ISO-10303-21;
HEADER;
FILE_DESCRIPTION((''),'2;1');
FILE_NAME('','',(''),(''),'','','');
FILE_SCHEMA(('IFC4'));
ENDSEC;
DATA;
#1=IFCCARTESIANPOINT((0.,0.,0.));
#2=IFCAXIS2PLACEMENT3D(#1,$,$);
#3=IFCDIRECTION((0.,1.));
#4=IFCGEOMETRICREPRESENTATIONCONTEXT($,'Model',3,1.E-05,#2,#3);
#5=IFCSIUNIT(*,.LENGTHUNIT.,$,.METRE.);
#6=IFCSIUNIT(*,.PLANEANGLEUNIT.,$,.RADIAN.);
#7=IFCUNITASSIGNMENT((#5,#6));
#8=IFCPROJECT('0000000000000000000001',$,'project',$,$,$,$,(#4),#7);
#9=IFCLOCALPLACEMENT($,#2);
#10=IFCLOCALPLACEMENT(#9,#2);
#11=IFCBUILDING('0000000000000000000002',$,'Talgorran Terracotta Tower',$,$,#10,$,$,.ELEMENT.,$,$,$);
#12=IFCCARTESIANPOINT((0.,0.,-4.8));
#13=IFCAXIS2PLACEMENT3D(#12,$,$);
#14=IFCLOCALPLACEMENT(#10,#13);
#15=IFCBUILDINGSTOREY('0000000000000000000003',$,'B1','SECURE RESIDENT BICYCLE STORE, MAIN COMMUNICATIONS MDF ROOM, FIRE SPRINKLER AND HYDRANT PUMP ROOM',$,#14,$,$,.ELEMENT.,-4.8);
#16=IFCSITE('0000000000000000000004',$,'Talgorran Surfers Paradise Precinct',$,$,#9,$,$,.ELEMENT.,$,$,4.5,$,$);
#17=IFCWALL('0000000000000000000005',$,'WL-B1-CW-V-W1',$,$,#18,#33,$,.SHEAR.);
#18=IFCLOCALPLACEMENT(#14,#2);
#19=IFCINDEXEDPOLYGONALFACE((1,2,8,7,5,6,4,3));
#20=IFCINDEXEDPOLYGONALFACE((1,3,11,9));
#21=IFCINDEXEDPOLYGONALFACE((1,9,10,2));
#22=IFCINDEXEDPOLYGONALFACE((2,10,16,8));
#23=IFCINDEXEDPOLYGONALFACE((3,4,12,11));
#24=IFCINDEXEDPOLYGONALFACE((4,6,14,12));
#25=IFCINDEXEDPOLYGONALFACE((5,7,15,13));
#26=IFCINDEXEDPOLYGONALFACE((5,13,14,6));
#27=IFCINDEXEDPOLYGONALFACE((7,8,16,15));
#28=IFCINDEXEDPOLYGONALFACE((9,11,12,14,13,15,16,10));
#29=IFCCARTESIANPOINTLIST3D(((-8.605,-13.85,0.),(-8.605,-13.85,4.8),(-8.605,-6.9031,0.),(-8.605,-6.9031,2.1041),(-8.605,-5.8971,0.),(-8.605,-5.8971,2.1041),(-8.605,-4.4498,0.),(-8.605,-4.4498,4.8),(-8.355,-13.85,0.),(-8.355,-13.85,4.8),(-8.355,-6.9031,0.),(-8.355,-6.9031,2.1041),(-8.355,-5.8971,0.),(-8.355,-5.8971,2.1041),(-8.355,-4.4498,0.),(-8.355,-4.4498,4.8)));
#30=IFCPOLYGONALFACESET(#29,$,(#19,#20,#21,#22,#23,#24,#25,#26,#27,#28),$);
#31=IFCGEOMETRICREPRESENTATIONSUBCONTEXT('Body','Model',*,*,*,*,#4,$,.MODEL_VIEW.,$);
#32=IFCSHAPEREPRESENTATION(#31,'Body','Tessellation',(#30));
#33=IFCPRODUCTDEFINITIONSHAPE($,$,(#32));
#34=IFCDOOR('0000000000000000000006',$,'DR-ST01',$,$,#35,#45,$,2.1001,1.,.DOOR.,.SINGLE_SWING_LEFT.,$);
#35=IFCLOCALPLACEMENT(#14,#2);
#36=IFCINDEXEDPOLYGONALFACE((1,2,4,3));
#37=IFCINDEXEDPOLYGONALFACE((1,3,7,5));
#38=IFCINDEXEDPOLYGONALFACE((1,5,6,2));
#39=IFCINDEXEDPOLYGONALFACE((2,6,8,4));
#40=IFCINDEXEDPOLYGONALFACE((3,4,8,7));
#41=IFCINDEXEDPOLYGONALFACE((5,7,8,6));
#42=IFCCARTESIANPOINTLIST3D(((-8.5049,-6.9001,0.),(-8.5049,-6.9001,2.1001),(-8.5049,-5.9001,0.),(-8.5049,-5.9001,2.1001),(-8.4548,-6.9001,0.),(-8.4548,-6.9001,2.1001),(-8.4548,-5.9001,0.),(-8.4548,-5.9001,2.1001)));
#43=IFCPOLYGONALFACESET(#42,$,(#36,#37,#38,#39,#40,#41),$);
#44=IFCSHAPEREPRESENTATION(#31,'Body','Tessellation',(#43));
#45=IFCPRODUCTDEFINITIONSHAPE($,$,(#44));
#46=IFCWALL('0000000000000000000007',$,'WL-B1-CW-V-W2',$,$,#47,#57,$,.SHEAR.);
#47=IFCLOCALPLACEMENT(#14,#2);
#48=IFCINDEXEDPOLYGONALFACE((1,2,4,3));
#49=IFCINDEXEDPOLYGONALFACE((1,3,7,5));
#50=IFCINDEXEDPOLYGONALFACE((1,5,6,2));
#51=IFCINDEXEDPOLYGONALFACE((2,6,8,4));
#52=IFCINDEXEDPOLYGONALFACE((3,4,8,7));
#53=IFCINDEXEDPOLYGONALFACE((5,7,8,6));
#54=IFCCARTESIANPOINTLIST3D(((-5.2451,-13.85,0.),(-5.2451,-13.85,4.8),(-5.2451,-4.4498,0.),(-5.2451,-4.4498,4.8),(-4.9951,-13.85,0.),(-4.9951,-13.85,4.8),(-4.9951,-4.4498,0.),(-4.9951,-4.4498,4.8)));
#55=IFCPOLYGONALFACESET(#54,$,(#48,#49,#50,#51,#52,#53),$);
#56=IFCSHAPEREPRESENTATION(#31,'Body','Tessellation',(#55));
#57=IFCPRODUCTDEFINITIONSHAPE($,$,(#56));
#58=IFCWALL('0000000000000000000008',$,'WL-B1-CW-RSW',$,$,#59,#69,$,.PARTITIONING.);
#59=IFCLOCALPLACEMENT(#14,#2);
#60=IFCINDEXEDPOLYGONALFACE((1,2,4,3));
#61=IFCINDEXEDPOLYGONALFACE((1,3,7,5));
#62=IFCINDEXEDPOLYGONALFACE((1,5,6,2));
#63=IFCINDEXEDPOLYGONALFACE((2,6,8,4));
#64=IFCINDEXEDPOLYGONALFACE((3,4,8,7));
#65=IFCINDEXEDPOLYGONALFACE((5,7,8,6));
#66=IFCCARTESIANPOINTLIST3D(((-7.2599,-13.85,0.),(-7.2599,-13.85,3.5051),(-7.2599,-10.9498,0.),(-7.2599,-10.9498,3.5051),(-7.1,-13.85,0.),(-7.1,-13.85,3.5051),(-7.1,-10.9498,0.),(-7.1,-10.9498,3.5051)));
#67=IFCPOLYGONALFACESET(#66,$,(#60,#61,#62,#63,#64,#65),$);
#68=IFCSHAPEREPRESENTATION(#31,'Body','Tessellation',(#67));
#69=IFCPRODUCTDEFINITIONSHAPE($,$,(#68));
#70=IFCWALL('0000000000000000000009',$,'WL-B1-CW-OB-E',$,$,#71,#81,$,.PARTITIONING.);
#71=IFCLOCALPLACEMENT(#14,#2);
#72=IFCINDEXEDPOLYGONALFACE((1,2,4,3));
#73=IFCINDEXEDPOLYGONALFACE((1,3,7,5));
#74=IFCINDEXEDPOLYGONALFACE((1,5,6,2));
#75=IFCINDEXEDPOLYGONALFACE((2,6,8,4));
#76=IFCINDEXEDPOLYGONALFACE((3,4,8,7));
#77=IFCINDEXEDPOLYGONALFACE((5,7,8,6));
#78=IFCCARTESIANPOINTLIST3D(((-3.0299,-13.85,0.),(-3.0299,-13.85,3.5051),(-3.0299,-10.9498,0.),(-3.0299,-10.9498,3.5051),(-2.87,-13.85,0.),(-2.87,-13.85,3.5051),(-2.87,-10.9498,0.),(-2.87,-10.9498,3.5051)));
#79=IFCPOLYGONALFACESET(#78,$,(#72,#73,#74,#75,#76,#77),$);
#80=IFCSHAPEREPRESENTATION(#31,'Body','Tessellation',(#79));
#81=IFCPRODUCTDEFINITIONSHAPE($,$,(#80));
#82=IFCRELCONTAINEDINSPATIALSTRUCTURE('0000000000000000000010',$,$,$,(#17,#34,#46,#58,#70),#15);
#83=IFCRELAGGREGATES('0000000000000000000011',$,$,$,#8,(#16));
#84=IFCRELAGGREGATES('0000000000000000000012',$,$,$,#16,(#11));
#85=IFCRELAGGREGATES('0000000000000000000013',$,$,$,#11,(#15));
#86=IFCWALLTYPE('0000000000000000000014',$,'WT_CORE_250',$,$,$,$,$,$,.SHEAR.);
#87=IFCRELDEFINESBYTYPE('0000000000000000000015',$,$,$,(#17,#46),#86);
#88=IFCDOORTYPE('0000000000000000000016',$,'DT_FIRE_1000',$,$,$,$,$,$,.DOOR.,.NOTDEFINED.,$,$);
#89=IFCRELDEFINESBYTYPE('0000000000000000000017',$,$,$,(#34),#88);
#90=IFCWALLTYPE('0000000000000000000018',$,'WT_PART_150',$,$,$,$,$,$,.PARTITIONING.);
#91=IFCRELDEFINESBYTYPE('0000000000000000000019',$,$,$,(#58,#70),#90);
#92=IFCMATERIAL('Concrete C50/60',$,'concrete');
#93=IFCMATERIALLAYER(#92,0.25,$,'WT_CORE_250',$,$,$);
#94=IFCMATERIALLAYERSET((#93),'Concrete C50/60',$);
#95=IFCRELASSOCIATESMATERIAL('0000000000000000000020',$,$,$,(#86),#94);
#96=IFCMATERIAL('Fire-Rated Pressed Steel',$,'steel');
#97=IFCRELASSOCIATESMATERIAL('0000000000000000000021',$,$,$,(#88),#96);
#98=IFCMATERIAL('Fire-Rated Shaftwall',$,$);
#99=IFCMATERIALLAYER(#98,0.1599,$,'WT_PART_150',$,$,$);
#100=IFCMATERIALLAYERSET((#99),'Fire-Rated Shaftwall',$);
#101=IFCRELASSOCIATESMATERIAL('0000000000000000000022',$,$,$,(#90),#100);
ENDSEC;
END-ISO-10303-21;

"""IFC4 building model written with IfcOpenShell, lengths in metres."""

from ifc_helpers import new_model, si_unit, direction, frame, frame_2d, origin, place, context, subcontext, project, spatial, rectangle, extrude, material, layer, layer_set, type_object, element, fill, save


model = new_model("IFC4")

# Units and contexts
model_context = context("Model", 3, precision=1e-05, world=origin(), true_north=direction((0.0, 1.0)))
body_context = subcontext(model_context, "Body", "Model", "MODEL_VIEW")
ifc_project = project(units=[si_unit("LENGTHUNIT", "METRE"), si_unit("PLANEANGLEUNIT", "RADIAN")], contexts=[model_context])

# Site, building, storey
site_placement = place(None, origin())
site = spatial("IfcSite", under=ifc_project, at=site_placement, Name="Talgorran Surfers Paradise Precinct", CompositionType="ELEMENT", RefElevation=4.5)
building_placement = place(site_placement, origin())
building = spatial("IfcBuilding", under=site, at=building_placement, Name="Talgorran Terracotta Tower", CompositionType="ELEMENT")
storey_placement = place(building_placement, frame((0.0, 0.0, -4.8)))
storey = spatial("IfcBuildingStorey", under=building, at=storey_placement, Name="B1", Description="SECURE RESIDENT BICYCLE STORE, MAIN COMMUNICATIONS MDF ROOM, FIRE SPRINKLER AND HYDRANT PUMP ROOM", CompositionType="ELEMENT", Elevation=-4.8)

# Shared definitions
ifc_material_1 = material(Name="Concrete C50/60", Category="concrete")

# Wall, opening, door
ifc_layer_1 = layer(ifc_material_1, 0.25, Name="WT_CORE_250")
ifc_layer_set_1 = layer_set([ifc_layer_1], Name="Concrete C50/60")
wall_type_1 = type_object("IfcWallType", Name="WT_CORE_250", PredefinedType="SHEAR", material=ifc_layer_set_1)
wall_1_placement = place(storey_placement, frame((-8.48, -13.8501, 0.0), z_axis=(0.0, 0.0, 1.0), x_axis=(0.0, 1.0, 0.0)))
wall_1 = element("IfcWall", 1, at=wall_1_placement, inside=storey, type_object=wall_type_1, Name="WL-B1-CW-V-W1", PredefinedType="SHEAR", context=body_context, shape_type="SweptSolid", body=[
    extrude(rectangle(XDim=9.4001, YDim=0.25, at=frame_2d((4.7002, 0.0))), origin(), (0.0, 0.0, 1.0), 4.8),
])
opening_placement = place(wall_1_placement, frame((6.95, 0.0, 0.0)))
opening = element("IfcOpeningElement", 2, at=opening_placement, cuts=wall_1, PredefinedType="OPENING", context=body_context, shape_type="SweptSolid", body=[
    extrude(rectangle(XDim=1.006, YDim=2.1041, at=frame_2d((0.5, 1.052))), frame((0.0, 0.135, 0.0), z_axis=(0.0, -1.0, 0.0), x_axis=(1.0, 0.0, 0.0)), (0.0, 0.0, 1.0), 0.27),
])
ifc_material_2 = material(Name="Fire-Rated Pressed Steel", Category="steel")
door_type = type_object("IfcDoorType", Name="DT_FIRE_1000", OperationType="NOTDEFINED", PredefinedType="DOOR", material=ifc_material_2)
door_placement = place(opening_placement, origin())
door = element("IfcDoor", 3, at=door_placement, inside=storey, type_object=door_type, Name="DR-ST01", OperationType="SINGLE_SWING_LEFT", OverallHeight=2.1001, OverallWidth=1.0, PredefinedType="DOOR", context=body_context, shape_type="SweptSolid", body=[
    extrude(rectangle(XDim=1.0, YDim=2.1001, at=frame_2d((0.5, 1.05))), frame((0.0, 0.0249, 0.0), z_axis=(0.0, -1.0, 0.0), x_axis=(1.0, 0.0, 0.0)), (0.0, 0.0, 1.0), 0.05),
])
fill(opening, door)

# Walls
wall_2_placement = place(storey_placement, frame((-5.1201, -13.8501, 0.0), z_axis=(0.0, 0.0, 1.0), x_axis=(0.0, 1.0, 0.0)))
element("IfcWall", 4, at=wall_2_placement, inside=storey, type_object=wall_type_1, Name="WL-B1-CW-V-W2", PredefinedType="SHEAR", context=body_context, shape_type="SweptSolid", body=[
    extrude(rectangle(XDim=9.4001, YDim=0.25, at=frame_2d((4.7002, 0.0))), origin(), (0.0, 0.0, 1.0), 4.8),
])
ifc_material_3 = material(Name="Fire-Rated Shaftwall")
ifc_layer_2 = layer(ifc_material_3, 0.1599, Name="WT_PART_150")
ifc_layer_set_2 = layer_set([ifc_layer_2], Name="Fire-Rated Shaftwall")
wall_type_2 = type_object("IfcWallType", Name="WT_PART_150", PredefinedType="PARTITIONING", material=ifc_layer_set_2)
for number, where, z_axis, x_axis, name in (
    (5, (-7.1799, -13.8501, 0.0), (0.0, 0.0, 1.0), (0.0, 1.0, 0.0), "WL-B1-CW-RSW"),
    (6, (-2.95, -13.8501, 0.0), (0.0, 0.0, 1.0), (0.0, 1.0, 0.0), "WL-B1-CW-OB-E"),
):
    element("IfcWall", number, at=place(storey_placement, frame(where, z_axis=z_axis, x_axis=x_axis)), inside=storey, type_object=wall_type_2, Name=name, PredefinedType="PARTITIONING", context=body_context, shape_type="SweptSolid", body=[
        extrude(rectangle(XDim=2.9001, YDim=0.1599, at=frame_2d((1.4502, 0.0))), origin(), (0.0, 0.0, 1.0), 3.5051),
    ])

save(model, "model.ifc")
